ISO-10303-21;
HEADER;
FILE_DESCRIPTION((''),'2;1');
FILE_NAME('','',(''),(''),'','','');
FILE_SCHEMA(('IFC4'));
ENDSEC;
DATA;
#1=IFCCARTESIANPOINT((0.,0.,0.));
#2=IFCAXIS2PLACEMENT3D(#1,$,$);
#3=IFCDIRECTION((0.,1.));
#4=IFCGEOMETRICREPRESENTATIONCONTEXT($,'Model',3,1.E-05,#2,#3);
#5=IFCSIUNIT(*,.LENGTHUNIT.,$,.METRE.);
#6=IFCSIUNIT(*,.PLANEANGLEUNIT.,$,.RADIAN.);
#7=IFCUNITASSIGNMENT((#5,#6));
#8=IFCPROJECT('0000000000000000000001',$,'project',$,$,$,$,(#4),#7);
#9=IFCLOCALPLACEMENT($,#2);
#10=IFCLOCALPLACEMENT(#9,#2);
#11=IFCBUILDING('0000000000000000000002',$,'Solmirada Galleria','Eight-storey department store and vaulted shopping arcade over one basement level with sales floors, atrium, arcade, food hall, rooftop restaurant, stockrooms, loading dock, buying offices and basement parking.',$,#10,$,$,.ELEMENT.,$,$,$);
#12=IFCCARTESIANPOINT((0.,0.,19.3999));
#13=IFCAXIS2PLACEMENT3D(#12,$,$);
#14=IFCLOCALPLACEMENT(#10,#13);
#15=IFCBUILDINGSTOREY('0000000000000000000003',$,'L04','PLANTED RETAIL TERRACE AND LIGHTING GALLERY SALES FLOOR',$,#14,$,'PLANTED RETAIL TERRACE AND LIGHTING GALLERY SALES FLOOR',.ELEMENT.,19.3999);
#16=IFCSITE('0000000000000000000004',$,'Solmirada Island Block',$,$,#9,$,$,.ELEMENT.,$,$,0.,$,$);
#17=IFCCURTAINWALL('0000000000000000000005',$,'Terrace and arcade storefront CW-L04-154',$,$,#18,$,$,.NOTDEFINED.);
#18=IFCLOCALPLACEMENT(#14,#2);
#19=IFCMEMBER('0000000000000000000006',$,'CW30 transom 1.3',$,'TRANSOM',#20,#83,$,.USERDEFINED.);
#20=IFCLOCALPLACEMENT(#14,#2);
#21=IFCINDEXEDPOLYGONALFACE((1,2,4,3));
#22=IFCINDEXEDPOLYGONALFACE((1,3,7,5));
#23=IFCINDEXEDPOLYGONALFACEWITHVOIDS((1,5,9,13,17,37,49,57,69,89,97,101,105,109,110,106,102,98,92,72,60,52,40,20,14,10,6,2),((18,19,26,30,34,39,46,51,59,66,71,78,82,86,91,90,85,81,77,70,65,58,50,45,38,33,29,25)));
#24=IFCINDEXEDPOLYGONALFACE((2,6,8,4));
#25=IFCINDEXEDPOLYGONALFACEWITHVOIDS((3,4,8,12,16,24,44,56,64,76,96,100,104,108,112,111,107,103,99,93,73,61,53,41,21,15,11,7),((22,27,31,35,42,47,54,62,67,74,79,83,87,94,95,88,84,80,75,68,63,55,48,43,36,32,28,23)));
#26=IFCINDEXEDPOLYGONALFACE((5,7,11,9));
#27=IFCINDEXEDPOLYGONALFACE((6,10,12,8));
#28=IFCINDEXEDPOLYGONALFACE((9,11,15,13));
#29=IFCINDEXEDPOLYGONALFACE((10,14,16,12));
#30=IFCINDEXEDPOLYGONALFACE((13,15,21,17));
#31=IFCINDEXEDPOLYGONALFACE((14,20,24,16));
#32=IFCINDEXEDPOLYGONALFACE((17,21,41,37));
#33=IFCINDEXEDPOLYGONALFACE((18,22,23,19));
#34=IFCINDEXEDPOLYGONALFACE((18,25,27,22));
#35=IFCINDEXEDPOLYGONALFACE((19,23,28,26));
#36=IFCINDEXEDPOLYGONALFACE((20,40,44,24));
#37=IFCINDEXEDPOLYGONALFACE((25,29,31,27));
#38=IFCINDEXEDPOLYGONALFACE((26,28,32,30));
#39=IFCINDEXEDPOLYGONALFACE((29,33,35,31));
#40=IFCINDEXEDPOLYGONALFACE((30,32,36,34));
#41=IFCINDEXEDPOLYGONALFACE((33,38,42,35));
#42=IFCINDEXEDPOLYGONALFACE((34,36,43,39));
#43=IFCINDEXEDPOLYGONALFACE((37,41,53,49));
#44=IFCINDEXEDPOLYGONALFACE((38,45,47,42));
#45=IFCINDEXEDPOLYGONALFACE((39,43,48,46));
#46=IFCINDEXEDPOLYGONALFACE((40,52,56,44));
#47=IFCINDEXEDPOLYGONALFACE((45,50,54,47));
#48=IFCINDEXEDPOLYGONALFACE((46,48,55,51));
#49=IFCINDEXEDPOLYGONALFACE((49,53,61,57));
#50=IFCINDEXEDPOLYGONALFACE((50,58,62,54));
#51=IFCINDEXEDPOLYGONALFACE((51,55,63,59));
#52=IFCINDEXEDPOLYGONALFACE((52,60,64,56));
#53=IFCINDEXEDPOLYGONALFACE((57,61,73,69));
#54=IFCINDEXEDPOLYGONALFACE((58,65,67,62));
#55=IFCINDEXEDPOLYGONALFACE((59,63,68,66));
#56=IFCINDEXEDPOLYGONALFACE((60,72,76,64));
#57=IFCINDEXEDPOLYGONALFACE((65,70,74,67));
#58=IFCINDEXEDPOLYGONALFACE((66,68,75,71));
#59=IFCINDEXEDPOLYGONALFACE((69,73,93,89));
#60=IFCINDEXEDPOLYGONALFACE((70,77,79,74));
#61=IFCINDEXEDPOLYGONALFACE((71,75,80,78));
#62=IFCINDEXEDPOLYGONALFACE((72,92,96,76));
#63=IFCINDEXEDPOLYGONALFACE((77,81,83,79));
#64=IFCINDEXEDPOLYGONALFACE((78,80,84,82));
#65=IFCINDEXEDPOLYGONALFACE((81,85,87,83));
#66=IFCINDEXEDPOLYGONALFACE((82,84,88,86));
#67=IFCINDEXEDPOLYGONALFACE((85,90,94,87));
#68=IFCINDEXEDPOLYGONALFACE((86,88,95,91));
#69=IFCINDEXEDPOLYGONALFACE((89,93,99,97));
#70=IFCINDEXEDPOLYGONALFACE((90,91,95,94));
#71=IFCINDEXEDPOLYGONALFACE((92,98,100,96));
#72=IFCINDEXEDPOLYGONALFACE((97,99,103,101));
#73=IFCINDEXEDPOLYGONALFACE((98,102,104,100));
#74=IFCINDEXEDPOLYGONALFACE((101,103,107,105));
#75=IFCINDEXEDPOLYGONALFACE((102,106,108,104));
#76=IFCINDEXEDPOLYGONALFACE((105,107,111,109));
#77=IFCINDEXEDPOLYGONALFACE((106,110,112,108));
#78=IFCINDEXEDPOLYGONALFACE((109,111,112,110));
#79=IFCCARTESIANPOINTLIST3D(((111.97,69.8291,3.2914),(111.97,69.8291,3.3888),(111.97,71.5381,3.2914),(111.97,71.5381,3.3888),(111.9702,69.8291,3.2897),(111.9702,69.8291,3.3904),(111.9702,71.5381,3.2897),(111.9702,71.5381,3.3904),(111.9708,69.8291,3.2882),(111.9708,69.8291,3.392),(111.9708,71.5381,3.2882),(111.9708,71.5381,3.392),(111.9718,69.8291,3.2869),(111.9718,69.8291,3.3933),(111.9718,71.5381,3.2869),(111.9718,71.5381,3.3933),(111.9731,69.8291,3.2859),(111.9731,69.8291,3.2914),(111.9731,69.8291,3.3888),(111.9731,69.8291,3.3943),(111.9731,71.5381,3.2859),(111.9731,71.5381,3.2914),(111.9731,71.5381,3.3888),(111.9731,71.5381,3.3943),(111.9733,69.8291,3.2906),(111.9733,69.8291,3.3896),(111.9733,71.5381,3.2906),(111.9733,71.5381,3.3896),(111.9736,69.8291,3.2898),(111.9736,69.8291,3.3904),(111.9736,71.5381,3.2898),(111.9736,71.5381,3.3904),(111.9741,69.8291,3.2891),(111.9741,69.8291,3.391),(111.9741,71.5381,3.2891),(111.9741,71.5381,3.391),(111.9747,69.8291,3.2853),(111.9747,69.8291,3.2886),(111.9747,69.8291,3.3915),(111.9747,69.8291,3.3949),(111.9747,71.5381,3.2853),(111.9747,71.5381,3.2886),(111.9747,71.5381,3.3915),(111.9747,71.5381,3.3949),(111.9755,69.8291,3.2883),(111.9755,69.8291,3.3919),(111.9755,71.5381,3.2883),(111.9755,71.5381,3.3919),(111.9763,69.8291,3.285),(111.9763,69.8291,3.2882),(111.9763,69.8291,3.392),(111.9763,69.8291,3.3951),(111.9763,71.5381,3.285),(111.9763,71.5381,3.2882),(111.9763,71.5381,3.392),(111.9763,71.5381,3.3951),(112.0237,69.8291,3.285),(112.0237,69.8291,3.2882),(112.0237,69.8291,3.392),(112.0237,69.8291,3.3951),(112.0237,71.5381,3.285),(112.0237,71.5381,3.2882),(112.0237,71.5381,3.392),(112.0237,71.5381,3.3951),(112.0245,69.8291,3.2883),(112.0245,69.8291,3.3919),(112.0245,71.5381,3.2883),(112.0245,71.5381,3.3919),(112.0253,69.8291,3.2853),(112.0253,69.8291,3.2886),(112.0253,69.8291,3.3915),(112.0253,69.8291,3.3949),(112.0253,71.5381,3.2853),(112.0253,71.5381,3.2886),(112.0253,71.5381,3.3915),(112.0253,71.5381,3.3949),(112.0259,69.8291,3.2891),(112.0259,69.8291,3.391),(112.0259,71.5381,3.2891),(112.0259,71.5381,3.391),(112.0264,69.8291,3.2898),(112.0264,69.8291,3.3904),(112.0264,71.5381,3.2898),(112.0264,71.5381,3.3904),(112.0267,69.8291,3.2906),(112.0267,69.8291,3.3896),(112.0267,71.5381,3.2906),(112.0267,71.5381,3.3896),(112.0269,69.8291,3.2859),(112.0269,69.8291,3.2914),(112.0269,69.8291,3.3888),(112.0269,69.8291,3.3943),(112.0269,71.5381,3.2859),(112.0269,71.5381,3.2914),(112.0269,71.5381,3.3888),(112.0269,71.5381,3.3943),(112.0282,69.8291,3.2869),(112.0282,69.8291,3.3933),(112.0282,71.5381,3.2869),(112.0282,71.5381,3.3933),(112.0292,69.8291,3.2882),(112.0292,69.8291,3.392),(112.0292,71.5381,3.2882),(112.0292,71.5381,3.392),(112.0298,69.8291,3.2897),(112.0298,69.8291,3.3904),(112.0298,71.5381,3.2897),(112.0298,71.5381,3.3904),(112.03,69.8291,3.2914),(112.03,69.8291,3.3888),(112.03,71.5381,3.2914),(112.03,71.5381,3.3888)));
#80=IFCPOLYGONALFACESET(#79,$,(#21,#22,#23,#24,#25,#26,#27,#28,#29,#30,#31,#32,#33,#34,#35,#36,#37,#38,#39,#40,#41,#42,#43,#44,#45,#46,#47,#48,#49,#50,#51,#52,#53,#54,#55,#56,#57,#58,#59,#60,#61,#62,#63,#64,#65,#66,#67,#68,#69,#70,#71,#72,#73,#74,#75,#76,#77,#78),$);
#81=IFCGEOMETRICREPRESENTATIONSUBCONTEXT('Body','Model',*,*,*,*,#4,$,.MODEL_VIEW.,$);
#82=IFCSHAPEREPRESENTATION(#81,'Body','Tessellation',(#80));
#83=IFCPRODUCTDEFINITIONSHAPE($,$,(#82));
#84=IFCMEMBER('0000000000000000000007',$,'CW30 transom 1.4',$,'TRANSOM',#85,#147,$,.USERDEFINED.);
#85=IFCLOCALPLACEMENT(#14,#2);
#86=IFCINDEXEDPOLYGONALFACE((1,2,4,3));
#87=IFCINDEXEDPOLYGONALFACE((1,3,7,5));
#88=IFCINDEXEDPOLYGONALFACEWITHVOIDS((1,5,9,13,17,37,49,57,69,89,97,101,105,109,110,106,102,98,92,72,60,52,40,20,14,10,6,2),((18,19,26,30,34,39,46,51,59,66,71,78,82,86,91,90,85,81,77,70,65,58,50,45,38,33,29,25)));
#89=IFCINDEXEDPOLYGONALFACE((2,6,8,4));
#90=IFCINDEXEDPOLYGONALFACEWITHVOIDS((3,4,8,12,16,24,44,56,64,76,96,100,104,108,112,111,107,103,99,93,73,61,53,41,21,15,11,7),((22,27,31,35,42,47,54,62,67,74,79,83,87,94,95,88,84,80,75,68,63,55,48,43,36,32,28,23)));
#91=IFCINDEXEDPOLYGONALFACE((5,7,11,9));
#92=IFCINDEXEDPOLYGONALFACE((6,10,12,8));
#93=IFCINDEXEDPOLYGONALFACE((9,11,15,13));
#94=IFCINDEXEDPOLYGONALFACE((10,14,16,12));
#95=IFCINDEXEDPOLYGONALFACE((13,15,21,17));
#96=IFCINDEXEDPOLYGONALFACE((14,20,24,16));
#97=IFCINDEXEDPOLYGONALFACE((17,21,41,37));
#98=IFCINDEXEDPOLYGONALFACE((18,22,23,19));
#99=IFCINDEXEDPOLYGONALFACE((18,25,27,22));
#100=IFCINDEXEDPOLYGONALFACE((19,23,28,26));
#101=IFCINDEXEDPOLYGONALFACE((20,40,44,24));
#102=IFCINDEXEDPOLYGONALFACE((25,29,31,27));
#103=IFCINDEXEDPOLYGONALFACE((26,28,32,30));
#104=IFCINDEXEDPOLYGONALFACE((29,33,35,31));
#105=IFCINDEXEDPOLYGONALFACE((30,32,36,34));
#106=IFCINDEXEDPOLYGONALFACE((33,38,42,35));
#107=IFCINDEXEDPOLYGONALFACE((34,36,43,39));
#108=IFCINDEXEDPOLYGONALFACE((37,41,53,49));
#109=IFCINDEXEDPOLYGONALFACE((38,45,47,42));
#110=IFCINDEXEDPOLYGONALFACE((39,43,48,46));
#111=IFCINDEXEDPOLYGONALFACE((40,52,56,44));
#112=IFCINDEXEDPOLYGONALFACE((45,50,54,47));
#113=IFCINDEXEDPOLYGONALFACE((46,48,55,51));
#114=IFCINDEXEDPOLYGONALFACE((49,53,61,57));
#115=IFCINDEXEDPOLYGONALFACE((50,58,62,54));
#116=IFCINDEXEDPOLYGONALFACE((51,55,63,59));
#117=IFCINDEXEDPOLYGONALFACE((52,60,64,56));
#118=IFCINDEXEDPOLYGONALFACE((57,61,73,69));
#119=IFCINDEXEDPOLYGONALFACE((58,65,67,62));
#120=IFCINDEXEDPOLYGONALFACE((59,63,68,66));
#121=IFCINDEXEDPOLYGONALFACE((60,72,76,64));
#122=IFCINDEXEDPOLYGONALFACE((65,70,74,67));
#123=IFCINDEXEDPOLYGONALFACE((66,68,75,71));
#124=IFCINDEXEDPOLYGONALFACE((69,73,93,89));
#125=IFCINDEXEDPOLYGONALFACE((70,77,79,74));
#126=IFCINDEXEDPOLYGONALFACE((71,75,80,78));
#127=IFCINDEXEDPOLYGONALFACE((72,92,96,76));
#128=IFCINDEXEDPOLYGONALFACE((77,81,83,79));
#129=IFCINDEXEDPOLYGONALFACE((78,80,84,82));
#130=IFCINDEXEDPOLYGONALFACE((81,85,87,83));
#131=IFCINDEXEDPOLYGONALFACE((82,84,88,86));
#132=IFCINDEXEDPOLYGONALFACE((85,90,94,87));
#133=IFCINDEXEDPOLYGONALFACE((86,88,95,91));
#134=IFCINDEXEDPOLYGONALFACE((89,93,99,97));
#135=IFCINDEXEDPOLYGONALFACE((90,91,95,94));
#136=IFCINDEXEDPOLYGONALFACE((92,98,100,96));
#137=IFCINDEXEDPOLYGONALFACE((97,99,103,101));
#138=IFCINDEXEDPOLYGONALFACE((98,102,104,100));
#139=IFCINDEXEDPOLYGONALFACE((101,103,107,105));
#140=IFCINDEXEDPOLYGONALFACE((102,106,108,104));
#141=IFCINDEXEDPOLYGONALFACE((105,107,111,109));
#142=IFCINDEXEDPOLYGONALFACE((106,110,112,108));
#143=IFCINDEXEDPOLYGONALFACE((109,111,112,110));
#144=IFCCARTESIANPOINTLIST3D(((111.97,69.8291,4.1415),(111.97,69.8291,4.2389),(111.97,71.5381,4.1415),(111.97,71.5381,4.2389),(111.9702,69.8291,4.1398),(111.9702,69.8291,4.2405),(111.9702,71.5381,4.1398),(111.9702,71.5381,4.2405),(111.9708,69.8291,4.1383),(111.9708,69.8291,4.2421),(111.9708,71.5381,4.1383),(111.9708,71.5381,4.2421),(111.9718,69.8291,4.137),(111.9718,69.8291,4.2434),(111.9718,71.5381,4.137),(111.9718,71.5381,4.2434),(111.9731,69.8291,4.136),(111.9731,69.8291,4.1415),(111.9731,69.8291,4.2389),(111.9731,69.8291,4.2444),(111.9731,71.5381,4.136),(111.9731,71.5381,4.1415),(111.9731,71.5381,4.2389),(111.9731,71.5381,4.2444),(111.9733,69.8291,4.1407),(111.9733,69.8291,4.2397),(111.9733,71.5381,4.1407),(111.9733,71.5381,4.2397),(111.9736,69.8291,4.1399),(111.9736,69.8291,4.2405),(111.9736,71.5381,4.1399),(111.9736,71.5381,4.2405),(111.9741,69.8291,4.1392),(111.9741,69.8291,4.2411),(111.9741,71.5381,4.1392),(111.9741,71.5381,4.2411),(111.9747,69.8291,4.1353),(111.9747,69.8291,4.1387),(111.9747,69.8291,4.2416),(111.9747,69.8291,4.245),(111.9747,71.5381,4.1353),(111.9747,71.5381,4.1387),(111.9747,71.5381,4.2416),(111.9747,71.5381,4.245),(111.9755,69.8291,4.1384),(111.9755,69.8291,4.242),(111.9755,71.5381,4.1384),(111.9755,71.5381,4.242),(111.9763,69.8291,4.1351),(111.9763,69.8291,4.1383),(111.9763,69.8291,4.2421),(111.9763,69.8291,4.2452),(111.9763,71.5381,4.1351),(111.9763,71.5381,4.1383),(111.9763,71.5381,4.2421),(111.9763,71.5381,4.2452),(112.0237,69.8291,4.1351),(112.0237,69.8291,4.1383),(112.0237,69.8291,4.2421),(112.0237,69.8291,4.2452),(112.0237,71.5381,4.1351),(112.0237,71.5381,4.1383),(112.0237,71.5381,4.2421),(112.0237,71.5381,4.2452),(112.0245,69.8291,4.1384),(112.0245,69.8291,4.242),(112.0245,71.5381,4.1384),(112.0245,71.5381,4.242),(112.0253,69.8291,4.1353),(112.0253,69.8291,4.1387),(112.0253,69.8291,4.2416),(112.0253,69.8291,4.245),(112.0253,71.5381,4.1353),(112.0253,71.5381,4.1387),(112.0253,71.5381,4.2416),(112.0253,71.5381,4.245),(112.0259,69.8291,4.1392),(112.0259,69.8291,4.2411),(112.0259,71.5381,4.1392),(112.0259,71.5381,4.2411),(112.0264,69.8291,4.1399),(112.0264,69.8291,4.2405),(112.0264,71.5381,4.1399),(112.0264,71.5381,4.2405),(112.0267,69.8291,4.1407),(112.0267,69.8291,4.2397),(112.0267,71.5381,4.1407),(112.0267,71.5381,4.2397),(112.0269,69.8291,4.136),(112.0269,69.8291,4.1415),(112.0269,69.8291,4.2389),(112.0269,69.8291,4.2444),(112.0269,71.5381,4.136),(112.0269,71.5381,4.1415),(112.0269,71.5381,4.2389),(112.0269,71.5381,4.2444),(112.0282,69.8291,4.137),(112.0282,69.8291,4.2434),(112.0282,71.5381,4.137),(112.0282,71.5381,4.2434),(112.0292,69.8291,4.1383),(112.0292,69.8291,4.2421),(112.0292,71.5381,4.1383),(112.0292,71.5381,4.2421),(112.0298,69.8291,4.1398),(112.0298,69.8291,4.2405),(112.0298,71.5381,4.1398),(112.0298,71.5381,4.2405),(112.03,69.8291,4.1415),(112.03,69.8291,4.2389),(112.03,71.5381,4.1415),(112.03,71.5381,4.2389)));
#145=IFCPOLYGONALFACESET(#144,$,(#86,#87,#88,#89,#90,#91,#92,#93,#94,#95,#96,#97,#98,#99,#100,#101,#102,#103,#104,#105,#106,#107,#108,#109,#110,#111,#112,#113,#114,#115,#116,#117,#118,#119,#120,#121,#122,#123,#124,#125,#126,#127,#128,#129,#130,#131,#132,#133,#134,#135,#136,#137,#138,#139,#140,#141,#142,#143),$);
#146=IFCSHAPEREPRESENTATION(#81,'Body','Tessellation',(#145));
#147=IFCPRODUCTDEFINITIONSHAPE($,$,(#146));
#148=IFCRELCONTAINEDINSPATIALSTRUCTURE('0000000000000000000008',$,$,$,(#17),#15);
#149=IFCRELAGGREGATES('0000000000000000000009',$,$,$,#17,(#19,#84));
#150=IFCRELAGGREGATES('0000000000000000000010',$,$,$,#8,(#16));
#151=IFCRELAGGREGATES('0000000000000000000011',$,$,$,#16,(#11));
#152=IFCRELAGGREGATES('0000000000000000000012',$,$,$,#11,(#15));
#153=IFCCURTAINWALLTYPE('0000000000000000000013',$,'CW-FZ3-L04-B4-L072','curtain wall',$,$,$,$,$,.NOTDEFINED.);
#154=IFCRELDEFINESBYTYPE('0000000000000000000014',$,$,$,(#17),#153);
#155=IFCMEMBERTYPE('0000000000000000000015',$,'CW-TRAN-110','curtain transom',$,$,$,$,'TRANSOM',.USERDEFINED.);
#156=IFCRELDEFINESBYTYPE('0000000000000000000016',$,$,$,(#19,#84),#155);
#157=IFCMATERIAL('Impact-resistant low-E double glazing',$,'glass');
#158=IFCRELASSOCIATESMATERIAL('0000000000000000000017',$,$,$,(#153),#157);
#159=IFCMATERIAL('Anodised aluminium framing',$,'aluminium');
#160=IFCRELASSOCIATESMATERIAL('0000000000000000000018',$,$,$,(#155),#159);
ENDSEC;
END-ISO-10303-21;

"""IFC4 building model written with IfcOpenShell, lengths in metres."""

from ifc_helpers import new_model, si_unit, direction, frame, origin, origin_2d, place, context, subcontext, project, spatial, hollow_rectangle, extrude, material, material_profile, profile_set, type_object, element, aggregate, save


model = new_model("IFC4")

# Units and contexts
model_context = context("Model", 3, precision=1e-05, world=origin(), true_north=direction((0.0, 1.0)))
body_context = subcontext(model_context, "Body", "Model", "MODEL_VIEW")
ifc_project = project(units=[si_unit("LENGTHUNIT", "METRE"), si_unit("PLANEANGLEUNIT", "RADIAN")], contexts=[model_context])

# Site, building, storey
site_placement = place(None, origin())
site = spatial("IfcSite", under=ifc_project, at=site_placement, Name="Solmirada Island Block", CompositionType="ELEMENT", RefElevation=0.0)
building_placement = place(site_placement, origin())
building = spatial("IfcBuilding", under=site, at=building_placement, Name="Solmirada Galleria", Description="Eight-storey department store and vaulted shopping arcade over one basement level with sales floors, atrium, arcade, food hall, rooftop restaurant, stockrooms, loading dock, buying offices and basement parking.", CompositionType="ELEMENT")
storey_placement = place(building_placement, frame((0.0, 0.0, 19.3999)))
storey = spatial("IfcBuildingStorey", under=building, at=storey_placement, Name="L04", Description="PLANTED RETAIL TERRACE AND LIGHTING GALLERY SALES FLOOR", LongName="PLANTED RETAIL TERRACE AND LIGHTING GALLERY SALES FLOOR", CompositionType="ELEMENT", Elevation=19.3999)

# Curtain wall, members
ifc_material_1 = material(Name="Impact-resistant low-E double glazing", Category="glass")
curtain_wall_type = type_object("IfcCurtainWallType", Name="CW-FZ3-L04-B4-L072", Description="curtain wall", PredefinedType="NOTDEFINED", material=ifc_material_1)
curtain_wall_placement = place(storey_placement, origin())
curtain_wall = element("IfcCurtainWall", 1, at=curtain_wall_placement, inside=storey, type_object=curtain_wall_type, Name="Terrace and arcade storefront CW-L04-154", PredefinedType="NOTDEFINED")
ifc_material_2 = material(Name="Anodised aluminium framing", Category="aluminium")
ifc_material_profile_1 = material_profile(ifc_material_2, hollow_rectangle(XDim=0.0601, YDim=0.1101, WallThickness=0.0032, InnerFilletRadius=0.0032, OuterFilletRadius=0.0063, at=origin_2d()), Name="ALU-TRAN-110X60")
ifc_profile_set_1 = profile_set([ifc_material_profile_1], Name="Anodised aluminium framing")
member_type_1 = type_object("IfcMemberType", Name="CW-TRAN-110", Description="curtain transom", ElementType="TRANSOM", PredefinedType="USERDEFINED", material=ifc_profile_set_1)
member_1_placement = place(storey_placement, frame((112.0, 71.5381, 3.3401), z_axis=(0.0, -1.0, 0.0), x_axis=(1.0, 0.0, 0.0)))
member_1 = element("IfcMember", 2, at=member_1_placement, type_object=member_type_1, Name="CW30 transom 1.3", ObjectType="TRANSOM", PredefinedType="USERDEFINED", context=body_context, shape_type="SweptSolid", body=[
    extrude(hollow_rectangle(XDim=0.0601, YDim=0.1101, WallThickness=0.0032, InnerFilletRadius=0.0032, OuterFilletRadius=0.0063, at=origin_2d()), origin(), (0.0, 0.0, 1.0), 1.709),
])
member_2_placement = place(storey_placement, frame((112.0, 71.5381, 4.1902), z_axis=(0.0, -1.0, 0.0), x_axis=(1.0, 0.0, 0.0)))
member_2 = element("IfcMember", 3, at=member_2_placement, type_object=member_type_1, Name="CW30 transom 1.4", ObjectType="TRANSOM", PredefinedType="USERDEFINED", context=body_context, shape_type="SweptSolid", body=[
    extrude(hollow_rectangle(XDim=0.0601, YDim=0.1101, WallThickness=0.0032, InnerFilletRadius=0.0032, OuterFilletRadius=0.0063, at=origin_2d()), origin(), (0.0, 0.0, 1.0), 1.709),
])
aggregate(curtain_wall, [member_1, member_2])

save(model, "model.ifc")
